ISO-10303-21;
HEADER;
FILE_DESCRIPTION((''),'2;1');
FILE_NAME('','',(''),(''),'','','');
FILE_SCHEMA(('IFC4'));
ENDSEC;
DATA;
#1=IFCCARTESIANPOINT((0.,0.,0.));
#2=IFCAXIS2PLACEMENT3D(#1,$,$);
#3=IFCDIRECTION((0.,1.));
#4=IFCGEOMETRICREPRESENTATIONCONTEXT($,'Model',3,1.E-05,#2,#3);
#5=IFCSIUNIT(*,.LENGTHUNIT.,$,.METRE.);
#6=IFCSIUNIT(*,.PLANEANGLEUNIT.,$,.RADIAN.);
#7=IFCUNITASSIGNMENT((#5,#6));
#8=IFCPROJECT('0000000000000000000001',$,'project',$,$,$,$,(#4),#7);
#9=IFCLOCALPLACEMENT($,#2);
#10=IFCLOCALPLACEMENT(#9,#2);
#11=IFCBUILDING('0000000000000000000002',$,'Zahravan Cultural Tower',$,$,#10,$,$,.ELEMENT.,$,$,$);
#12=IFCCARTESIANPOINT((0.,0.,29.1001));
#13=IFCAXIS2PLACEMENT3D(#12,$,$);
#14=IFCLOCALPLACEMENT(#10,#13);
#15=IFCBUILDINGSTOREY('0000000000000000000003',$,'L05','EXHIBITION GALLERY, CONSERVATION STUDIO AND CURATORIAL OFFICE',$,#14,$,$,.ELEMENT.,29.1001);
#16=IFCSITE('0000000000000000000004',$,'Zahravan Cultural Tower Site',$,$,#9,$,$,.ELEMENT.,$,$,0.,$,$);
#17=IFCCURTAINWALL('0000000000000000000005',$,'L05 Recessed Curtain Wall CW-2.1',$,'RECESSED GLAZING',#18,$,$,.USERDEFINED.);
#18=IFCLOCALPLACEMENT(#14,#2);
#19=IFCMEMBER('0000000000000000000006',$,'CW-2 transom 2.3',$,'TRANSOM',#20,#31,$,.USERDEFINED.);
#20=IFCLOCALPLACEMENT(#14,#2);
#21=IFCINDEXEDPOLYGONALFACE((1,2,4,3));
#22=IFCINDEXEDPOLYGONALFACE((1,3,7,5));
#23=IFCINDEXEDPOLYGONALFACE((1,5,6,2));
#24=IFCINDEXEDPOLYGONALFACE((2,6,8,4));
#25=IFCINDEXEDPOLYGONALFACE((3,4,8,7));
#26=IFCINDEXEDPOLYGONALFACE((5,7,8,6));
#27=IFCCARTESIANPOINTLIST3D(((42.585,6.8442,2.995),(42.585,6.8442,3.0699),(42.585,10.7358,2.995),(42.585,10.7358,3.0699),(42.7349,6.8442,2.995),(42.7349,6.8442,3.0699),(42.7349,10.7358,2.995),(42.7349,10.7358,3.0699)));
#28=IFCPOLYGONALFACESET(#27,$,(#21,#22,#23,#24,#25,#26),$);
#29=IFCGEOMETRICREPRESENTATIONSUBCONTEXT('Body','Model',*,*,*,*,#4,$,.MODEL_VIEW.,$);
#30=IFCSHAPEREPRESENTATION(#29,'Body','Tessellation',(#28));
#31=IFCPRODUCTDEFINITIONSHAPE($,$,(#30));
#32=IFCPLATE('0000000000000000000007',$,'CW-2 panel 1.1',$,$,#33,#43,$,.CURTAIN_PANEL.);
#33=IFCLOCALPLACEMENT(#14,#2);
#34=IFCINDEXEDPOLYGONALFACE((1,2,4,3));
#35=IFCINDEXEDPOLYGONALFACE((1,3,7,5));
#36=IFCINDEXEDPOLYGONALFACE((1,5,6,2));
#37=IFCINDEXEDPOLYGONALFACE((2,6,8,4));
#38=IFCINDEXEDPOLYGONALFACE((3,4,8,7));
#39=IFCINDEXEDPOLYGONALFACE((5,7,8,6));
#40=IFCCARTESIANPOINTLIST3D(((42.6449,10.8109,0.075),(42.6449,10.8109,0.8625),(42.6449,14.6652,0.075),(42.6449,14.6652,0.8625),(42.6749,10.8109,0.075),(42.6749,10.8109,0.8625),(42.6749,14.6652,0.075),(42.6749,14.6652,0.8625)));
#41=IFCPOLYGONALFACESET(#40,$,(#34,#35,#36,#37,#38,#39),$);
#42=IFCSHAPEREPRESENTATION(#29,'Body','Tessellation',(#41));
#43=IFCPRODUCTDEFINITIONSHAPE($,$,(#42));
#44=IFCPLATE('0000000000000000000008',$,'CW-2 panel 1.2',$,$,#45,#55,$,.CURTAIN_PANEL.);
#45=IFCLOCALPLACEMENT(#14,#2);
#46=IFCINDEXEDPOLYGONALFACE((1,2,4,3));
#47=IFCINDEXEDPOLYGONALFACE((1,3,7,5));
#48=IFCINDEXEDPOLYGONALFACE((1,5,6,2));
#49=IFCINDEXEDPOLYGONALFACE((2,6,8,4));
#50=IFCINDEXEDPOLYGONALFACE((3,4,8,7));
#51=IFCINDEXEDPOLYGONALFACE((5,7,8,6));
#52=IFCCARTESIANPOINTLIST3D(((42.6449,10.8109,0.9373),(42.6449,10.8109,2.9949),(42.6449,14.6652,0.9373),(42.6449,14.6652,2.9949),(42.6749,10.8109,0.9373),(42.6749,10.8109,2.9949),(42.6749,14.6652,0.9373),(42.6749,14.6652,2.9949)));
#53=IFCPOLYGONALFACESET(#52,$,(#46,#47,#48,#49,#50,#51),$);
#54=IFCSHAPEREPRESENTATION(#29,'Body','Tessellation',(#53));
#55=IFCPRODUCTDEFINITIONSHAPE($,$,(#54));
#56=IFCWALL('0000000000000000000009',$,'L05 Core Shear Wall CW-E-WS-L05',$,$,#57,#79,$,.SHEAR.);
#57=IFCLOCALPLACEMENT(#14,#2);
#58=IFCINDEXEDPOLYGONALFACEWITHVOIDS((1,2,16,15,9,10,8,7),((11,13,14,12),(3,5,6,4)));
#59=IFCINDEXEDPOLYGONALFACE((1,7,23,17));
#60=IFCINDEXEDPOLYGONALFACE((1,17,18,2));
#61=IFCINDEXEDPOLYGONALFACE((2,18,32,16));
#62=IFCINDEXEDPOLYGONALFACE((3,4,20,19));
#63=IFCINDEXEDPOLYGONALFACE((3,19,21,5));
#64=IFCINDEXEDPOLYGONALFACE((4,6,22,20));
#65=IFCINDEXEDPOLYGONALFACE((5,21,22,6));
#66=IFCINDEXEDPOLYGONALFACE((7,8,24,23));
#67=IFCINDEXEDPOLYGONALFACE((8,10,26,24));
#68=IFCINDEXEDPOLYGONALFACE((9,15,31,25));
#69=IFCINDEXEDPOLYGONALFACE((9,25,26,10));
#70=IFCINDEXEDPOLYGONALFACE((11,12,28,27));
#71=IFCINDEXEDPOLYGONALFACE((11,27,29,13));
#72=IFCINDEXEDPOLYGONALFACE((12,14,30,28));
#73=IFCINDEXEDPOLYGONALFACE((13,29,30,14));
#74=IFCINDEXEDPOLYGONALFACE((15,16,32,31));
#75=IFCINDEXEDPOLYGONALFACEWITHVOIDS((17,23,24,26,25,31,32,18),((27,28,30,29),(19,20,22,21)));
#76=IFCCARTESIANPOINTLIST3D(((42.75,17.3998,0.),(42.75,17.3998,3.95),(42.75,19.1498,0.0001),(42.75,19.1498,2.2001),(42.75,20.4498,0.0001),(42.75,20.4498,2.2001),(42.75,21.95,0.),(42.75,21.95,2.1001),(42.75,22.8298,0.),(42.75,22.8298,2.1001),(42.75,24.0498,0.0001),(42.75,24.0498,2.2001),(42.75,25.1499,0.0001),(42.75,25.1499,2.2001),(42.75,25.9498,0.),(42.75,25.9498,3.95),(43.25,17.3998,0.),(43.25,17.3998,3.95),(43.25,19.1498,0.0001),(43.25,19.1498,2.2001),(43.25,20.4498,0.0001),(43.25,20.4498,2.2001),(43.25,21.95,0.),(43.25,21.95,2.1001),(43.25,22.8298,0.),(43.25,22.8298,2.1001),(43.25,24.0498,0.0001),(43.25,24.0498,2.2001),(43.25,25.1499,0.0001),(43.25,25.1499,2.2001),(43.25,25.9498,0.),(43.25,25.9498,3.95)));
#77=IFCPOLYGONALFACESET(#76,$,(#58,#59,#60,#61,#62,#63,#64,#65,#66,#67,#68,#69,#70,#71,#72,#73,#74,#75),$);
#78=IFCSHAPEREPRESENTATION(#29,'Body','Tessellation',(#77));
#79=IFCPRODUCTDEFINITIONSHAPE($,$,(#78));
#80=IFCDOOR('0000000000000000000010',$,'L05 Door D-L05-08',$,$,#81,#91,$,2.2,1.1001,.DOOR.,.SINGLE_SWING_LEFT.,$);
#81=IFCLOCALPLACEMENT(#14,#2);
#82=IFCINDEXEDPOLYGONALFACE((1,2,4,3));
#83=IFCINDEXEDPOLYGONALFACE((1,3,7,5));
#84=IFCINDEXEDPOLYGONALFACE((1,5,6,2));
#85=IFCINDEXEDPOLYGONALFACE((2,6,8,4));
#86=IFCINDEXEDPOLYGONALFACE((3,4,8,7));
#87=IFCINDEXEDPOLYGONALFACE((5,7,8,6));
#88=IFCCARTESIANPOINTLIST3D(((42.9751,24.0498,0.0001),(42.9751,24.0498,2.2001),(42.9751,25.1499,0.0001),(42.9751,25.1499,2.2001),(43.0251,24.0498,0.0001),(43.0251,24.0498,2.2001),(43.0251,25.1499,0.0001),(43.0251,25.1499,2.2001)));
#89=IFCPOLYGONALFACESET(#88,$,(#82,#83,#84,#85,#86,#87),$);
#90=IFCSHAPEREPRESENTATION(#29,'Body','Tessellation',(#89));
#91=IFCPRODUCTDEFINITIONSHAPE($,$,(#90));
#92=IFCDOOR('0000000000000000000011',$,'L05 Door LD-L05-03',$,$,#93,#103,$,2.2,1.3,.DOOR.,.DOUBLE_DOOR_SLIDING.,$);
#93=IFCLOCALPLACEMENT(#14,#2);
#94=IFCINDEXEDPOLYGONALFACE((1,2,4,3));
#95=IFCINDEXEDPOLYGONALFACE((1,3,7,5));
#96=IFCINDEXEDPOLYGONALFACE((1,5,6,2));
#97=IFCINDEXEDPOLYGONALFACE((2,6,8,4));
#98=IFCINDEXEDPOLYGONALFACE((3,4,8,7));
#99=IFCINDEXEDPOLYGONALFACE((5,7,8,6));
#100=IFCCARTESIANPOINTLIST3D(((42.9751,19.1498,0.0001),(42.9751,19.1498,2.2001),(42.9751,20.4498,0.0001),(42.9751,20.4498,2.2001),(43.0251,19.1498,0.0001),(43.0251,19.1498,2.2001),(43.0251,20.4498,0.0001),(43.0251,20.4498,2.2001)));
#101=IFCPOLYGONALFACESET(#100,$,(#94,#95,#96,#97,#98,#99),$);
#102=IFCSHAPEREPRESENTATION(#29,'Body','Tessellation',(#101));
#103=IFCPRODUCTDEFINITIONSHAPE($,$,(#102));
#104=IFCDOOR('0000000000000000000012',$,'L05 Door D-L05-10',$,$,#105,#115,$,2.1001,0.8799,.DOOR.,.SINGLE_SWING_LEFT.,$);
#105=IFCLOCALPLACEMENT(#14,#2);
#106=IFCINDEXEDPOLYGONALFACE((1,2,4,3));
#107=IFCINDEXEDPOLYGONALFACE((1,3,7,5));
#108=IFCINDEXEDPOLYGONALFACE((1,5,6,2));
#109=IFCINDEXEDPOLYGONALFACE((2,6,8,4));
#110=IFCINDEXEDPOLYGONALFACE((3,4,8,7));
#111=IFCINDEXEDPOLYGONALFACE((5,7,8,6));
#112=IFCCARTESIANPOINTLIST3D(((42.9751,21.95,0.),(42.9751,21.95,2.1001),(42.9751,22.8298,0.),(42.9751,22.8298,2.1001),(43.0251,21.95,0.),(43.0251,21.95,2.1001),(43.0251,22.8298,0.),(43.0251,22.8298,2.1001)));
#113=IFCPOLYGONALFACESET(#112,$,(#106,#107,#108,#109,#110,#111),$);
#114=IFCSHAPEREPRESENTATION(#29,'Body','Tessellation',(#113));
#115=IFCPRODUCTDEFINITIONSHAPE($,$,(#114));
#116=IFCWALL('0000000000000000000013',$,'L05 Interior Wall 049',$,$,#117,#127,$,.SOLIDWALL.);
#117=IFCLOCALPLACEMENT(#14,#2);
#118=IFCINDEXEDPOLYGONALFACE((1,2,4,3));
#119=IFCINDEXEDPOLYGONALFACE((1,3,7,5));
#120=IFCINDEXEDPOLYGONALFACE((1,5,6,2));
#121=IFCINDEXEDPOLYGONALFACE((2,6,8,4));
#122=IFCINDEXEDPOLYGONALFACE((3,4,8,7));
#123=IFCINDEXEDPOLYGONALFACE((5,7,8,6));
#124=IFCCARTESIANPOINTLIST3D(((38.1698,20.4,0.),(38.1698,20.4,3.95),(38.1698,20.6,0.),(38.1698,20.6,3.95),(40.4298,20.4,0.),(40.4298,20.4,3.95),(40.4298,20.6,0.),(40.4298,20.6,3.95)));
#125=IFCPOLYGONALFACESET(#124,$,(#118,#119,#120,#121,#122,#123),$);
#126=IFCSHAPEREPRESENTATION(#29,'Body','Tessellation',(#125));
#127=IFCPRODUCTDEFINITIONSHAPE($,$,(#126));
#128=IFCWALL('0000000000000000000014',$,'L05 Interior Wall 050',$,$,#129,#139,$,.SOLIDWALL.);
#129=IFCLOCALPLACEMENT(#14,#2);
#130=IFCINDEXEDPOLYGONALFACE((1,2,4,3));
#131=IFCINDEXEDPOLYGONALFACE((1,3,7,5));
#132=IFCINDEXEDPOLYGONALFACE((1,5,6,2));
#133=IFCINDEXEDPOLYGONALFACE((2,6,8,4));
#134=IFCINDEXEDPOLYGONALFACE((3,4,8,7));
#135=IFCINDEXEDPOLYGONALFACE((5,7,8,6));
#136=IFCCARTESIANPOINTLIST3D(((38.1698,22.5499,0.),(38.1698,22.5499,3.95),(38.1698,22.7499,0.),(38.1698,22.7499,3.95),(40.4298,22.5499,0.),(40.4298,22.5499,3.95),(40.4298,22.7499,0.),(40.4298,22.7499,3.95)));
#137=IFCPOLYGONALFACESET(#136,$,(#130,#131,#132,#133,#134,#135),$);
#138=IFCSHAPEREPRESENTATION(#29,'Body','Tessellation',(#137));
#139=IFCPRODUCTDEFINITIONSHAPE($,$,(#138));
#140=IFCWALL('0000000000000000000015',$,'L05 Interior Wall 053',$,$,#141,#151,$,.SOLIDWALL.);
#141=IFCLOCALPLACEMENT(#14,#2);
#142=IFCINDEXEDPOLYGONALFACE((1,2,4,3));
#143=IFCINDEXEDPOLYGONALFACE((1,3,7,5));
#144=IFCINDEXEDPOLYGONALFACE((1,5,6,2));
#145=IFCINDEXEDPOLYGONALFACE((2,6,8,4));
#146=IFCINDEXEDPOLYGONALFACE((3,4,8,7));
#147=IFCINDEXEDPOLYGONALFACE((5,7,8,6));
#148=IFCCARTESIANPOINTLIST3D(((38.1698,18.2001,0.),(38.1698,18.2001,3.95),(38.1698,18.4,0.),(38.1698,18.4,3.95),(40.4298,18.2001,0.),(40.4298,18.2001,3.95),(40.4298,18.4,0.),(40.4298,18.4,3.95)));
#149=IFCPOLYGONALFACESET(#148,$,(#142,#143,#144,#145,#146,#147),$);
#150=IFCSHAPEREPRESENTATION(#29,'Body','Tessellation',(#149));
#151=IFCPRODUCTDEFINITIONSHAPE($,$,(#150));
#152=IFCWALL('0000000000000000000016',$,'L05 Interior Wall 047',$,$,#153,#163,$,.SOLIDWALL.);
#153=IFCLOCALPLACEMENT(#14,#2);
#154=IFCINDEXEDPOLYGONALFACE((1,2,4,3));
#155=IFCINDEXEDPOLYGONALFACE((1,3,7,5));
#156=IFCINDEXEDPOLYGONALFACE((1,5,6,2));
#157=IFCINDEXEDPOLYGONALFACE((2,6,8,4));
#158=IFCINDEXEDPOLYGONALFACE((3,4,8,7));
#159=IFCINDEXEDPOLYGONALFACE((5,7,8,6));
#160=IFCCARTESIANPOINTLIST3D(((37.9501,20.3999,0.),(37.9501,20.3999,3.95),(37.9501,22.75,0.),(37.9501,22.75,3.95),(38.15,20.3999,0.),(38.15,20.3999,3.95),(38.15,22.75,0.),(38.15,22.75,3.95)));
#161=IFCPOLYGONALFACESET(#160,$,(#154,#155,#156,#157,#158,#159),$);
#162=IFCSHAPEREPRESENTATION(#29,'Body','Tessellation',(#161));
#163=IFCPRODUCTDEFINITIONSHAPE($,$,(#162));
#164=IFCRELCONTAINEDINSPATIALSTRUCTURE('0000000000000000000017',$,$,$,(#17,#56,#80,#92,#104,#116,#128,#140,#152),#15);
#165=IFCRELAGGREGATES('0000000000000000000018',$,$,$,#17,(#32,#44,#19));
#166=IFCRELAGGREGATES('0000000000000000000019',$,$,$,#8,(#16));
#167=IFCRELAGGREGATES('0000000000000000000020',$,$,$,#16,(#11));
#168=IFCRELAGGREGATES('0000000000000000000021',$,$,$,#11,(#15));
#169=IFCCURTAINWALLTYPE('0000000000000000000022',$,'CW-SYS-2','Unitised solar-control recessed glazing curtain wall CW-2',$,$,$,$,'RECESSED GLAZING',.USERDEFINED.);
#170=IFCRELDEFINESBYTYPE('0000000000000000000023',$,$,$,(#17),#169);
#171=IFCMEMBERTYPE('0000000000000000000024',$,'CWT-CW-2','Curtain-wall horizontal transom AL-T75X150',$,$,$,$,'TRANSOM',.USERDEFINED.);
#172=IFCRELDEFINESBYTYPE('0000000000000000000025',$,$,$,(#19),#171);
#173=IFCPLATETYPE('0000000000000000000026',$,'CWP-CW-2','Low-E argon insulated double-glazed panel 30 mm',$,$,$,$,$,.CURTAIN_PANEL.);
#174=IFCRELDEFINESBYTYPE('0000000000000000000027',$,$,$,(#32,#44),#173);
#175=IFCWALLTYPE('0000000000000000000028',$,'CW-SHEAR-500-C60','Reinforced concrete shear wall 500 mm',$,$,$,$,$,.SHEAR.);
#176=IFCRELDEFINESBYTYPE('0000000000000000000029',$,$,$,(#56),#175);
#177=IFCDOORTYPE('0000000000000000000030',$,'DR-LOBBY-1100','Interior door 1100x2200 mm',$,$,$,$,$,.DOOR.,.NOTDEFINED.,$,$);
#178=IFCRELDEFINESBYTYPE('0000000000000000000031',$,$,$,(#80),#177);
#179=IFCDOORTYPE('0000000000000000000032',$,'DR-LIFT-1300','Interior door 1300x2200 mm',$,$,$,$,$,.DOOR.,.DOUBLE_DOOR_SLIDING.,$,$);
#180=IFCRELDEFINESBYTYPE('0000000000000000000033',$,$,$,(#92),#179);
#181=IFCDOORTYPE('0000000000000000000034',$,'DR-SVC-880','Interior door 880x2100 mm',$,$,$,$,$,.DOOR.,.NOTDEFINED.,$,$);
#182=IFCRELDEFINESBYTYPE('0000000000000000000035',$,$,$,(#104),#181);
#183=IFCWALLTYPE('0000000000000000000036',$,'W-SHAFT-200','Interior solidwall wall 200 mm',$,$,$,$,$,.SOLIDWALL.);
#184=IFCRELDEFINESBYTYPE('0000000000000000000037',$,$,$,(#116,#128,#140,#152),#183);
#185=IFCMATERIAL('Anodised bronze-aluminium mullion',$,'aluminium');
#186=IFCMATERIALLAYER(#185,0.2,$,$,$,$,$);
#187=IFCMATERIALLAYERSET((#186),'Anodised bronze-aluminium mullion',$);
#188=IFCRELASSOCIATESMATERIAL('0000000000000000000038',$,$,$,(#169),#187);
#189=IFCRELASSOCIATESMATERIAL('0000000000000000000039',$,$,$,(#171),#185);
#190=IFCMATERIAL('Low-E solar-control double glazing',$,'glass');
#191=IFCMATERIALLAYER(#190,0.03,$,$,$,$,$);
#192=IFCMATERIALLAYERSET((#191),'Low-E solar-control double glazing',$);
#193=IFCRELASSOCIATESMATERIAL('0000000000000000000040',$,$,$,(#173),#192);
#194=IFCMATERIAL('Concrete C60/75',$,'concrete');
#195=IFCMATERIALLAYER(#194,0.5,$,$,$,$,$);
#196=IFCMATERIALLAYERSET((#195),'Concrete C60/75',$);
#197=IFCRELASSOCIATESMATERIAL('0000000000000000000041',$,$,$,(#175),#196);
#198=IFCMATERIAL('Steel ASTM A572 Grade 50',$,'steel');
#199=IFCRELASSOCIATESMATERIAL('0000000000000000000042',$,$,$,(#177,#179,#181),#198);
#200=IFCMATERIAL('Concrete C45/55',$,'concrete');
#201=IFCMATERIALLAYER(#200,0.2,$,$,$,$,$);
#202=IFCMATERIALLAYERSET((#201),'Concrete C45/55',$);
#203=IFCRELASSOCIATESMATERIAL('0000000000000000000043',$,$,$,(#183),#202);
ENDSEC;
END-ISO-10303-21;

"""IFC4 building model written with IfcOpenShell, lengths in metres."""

from ifc_helpers import new_model, si_unit, direction, frame, frame_2d, origin, origin_2d, place, context, subcontext, project, spatial, rectangle, extrude, source, transform, mapped, material, layer, layer_set, material_profile, profile_set, type_object, element, fill, aggregate, save


model = new_model("IFC4")

# Units and contexts
model_context = context("Model", 3, precision=1e-05, world=origin(), true_north=direction((0.0, 1.0)))
body_context = subcontext(model_context, "Body", "Model", "MODEL_VIEW")
ifc_project = project(units=[si_unit("LENGTHUNIT", "METRE"), si_unit("PLANEANGLEUNIT", "RADIAN")], contexts=[model_context])

# Site, building, storey
site_placement = place(None, origin())
site = spatial("IfcSite", under=ifc_project, at=site_placement, Name="Zahravan Cultural Tower Site", CompositionType="ELEMENT", RefElevation=0.0)
building_placement = place(site_placement, origin())
building = spatial("IfcBuilding", under=site, at=building_placement, Name="Zahravan Cultural Tower", CompositionType="ELEMENT")
storey_placement = place(building_placement, frame((0.0, 0.0, 29.1001)))
storey = spatial("IfcBuildingStorey", under=building, at=storey_placement, Name="L05", Description="EXHIBITION GALLERY, CONSERVATION STUDIO AND CURATORIAL OFFICE", CompositionType="ELEMENT", Elevation=29.1001)

# Shared definitions
ifc_material_1 = material(Name="Concrete C60/75", Category="concrete")

# Shared definitions
ifc_material_2 = material(Name="Steel ASTM A572 Grade 50", Category="steel")

# Curtain wall, member, plates
ifc_material_3 = material(Name="Anodised bronze-aluminium mullion", Category="aluminium")
ifc_layer_1 = layer(ifc_material_3, 0.2)
ifc_layer_set_1 = layer_set([ifc_layer_1], Name="Anodised bronze-aluminium mullion")
curtain_wall_type = type_object("IfcCurtainWallType", Name="CW-SYS-2", Description="Unitised solar-control recessed glazing curtain wall CW-2", ElementType="RECESSED GLAZING", PredefinedType="USERDEFINED", material=ifc_layer_set_1)
curtain_wall_placement = place(storey_placement, origin())
curtain_wall = element("IfcCurtainWall", 1, at=curtain_wall_placement, inside=storey, type_object=curtain_wall_type, Name="L05 Recessed Curtain Wall CW-2.1", ObjectType="RECESSED GLAZING", PredefinedType="USERDEFINED")
ifc_material_profile_1 = material_profile(ifc_material_3, rectangle(XDim=0.1499, YDim=0.075, at=origin_2d()), Name="AL-T75X150")
ifc_profile_set_1 = profile_set([ifc_material_profile_1], Name="Anodised bronze-aluminium mullion")
member_type_1 = type_object("IfcMemberType", Name="CWT-CW-2", Description="Curtain-wall horizontal transom AL-T75X150", ElementType="TRANSOM", PredefinedType="USERDEFINED", material=ifc_profile_set_1)
shared_shape_1 = source(origin(), body_context, "Body", "SweptSolid", [
    extrude(rectangle(XDim=0.1499, YDim=0.075, at=origin_2d()), origin(), (0.0, 0.0, 1.0), 3.8916),
])
member_1_placement = place(storey_placement, frame((42.6599, 10.7358, 3.0325), z_axis=(0.0, -1.0, 0.0), x_axis=(1.0, 0.0, 0.0)))
member_1 = element("IfcMember", 2, at=member_1_placement, type_object=member_type_1, Name="CW-2 transom 2.3", ObjectType="TRANSOM", PredefinedType="USERDEFINED", context=body_context, shape_type="MappedRepresentation", body=[
    mapped(shared_shape_1, transform((0.0, 0.0, 0.0), x_axis=(1.0, 0.0, 0.0), y_axis=(0.0, 1.0, 0.0), z_axis=(0.0, 0.0, 1.0), scale=1.0)),
])
ifc_material_4 = material(Name="Low-E solar-control double glazing", Category="glass")
ifc_layer_2 = layer(ifc_material_4, 0.03)
ifc_layer_set_2 = layer_set([ifc_layer_2], Name="Low-E solar-control double glazing")
plate_type = type_object("IfcPlateType", Name="CWP-CW-2", Description="Low-E argon insulated double-glazed panel 30 mm", PredefinedType="CURTAIN_PANEL", material=ifc_layer_set_2)
shared_shape_2 = source(origin(), body_context, "Body", "SweptSolid", [
    extrude(rectangle(XDim=3.8542, YDim=0.03, at=origin_2d()), origin(), (0.0, 0.0, 1.0), 0.7876),
])
plate_1_placement = place(storey_placement, frame((42.6599, 12.738, 0.075), z_axis=(0.0, 0.0, 1.0), x_axis=(0.0, -1.0, 0.0)))
plate_1 = element("IfcPlate", 3, at=plate_1_placement, type_object=plate_type, Name="CW-2 panel 1.1", PredefinedType="CURTAIN_PANEL", context=body_context, shape_type="MappedRepresentation", body=[
    mapped(shared_shape_2, transform((0.0, 0.0, 0.0), x_axis=(1.0, 0.0, 0.0), y_axis=(0.0, 1.0, 0.0), z_axis=(0.0, 0.0, 1.0), scale=1.0)),
])
shared_shape_3 = source(origin(), body_context, "Body", "SweptSolid", [
    extrude(rectangle(XDim=3.8542, YDim=0.03, at=origin_2d()), origin(), (0.0, 0.0, 1.0), 2.0576),
])
plate_2_placement = place(storey_placement, frame((42.6599, 12.738, 0.9373), z_axis=(0.0, 0.0, 1.0), x_axis=(0.0, -1.0, 0.0)))
plate_2 = element("IfcPlate", 4, at=plate_2_placement, type_object=plate_type, Name="CW-2 panel 1.2", PredefinedType="CURTAIN_PANEL", context=body_context, shape_type="MappedRepresentation", body=[
    mapped(shared_shape_3, transform((0.0, 0.0, 0.0), x_axis=(1.0, 0.0, 0.0), y_axis=(0.0, 1.0, 0.0), z_axis=(0.0, 0.0, 1.0), scale=1.0)),
])
aggregate(curtain_wall, [plate_1, plate_2, member_1])

# Wall, openings, doors
ifc_layer_3 = layer(ifc_material_1, 0.5)
ifc_layer_set_3 = layer_set([ifc_layer_3], Name="Concrete C60/75")
wall_type_1 = type_object("IfcWallType", Name="CW-SHEAR-500-C60", Description="Reinforced concrete shear wall 500 mm", PredefinedType="SHEAR", material=ifc_layer_set_3)
wall_1_placement = place(storey_placement, frame((43.0, 17.3999, 0.0), z_axis=(0.0, 0.0, 1.0), x_axis=(0.0, 1.0, 0.0)))
wall_1 = element("IfcWall", 5, at=wall_1_placement, inside=storey, type_object=wall_type_1, Name="L05 Core Shear Wall CW-E-WS-L05", PredefinedType="SHEAR", context=body_context, shape_type="SweptSolid", body=[
    extrude(rectangle(XDim=8.55, YDim=0.5, at=frame_2d((4.2749, 0.0))), origin(), (0.0, 0.0, 1.0), 3.95),
])
opening_1_placement = place(wall_1_placement, frame((6.6499, 0.0, 0.0)))
opening_1 = element("IfcOpeningElement", 6, at=opening_1_placement, cuts=wall_1, PredefinedType="OPENING", context=body_context, shape_type="SweptSolid", body=[
    extrude(rectangle(XDim=1.1001, YDim=2.2, at=frame_2d((0.55, 1.1001))), frame((0.0, 0.26, 0.0), z_axis=(0.0, -1.0, 0.0), x_axis=(1.0, 0.0, 0.0)), (0.0, 0.0, 1.0), 0.52),
])
opening_2_placement = place(wall_1_placement, frame((1.75, 0.0, 0.0)))
opening_2 = element("IfcOpeningElement", 7, at=opening_2_placement, cuts=wall_1, PredefinedType="OPENING", context=body_context, shape_type="SweptSolid", body=[
    extrude(rectangle(XDim=1.3, YDim=2.2, at=frame_2d((0.6499, 1.1001))), frame((0.0, 0.26, 0.0), z_axis=(0.0, -1.0, 0.0), x_axis=(1.0, 0.0, 0.0)), (0.0, 0.0, 1.0), 0.52),
])
opening_3_placement = place(wall_1_placement, frame((4.55, 0.0, 0.0)))
opening_3 = element("IfcOpeningElement", 8, at=opening_3_placement, cuts=wall_1, PredefinedType="OPENING", context=body_context, shape_type="SweptSolid", body=[
    extrude(rectangle(XDim=0.8799, YDim=2.1001, at=frame_2d((0.4399, 1.05))), frame((0.0, 0.26, 0.0), z_axis=(0.0, -1.0, 0.0), x_axis=(1.0, 0.0, 0.0)), (0.0, 0.0, 1.0), 0.52),
])
door_type_1 = type_object("IfcDoorType", Name="DR-LOBBY-1100", Description="Interior door 1100x2200 mm", OperationType="NOTDEFINED", PredefinedType="DOOR", material=ifc_material_2)
shared_shape_4 = source(origin(), body_context, "Body", "SweptSolid", [
    extrude(rectangle(XDim=1.1001, YDim=2.2, at=frame_2d((0.55, 1.1001))), frame((0.0, 0.0249, 0.0), z_axis=(0.0, -1.0, 0.0), x_axis=(1.0, 0.0, 0.0)), (0.0, 0.0, 1.0), 0.05),
])
door_1_placement = place(opening_1_placement, origin())
door_1 = element("IfcDoor", 9, at=door_1_placement, inside=storey, type_object=door_type_1, Name="L05 Door D-L05-08", OperationType="SINGLE_SWING_LEFT", OverallHeight=2.2, OverallWidth=1.1001, PredefinedType="DOOR", context=body_context, shape_type="MappedRepresentation", body=[
    mapped(shared_shape_4, transform((0.0, 0.0, 0.0), x_axis=(1.0, 0.0, 0.0), y_axis=(0.0, 1.0, 0.0), z_axis=(0.0, 0.0, 1.0), scale=1.0)),
])
fill(opening_1, door_1)
door_type_2 = type_object("IfcDoorType", Name="DR-LIFT-1300", Description="Interior door 1300x2200 mm", OperationType="DOUBLE_DOOR_SLIDING", PredefinedType="DOOR", material=ifc_material_2)
shared_shape_5 = source(origin(), body_context, "Body", "SweptSolid", [
    extrude(rectangle(XDim=1.3, YDim=2.2, at=frame_2d((0.6499, 1.1001))), frame((0.0, 0.0249, 0.0), z_axis=(0.0, -1.0, 0.0), x_axis=(1.0, 0.0, 0.0)), (0.0, 0.0, 1.0), 0.05),
])
door_2_placement = place(opening_2_placement, origin())
door_2 = element("IfcDoor", 10, at=door_2_placement, inside=storey, type_object=door_type_2, Name="L05 Door LD-L05-03", OperationType="DOUBLE_DOOR_SLIDING", OverallHeight=2.2, OverallWidth=1.3, PredefinedType="DOOR", context=body_context, shape_type="MappedRepresentation", body=[
    mapped(shared_shape_5, transform((0.0, 0.0, 0.0), x_axis=(1.0, 0.0, 0.0), y_axis=(0.0, 1.0, 0.0), z_axis=(0.0, 0.0, 1.0), scale=1.0)),
])
fill(opening_2, door_2)
door_type_3 = type_object("IfcDoorType", Name="DR-SVC-880", Description="Interior door 880x2100 mm", OperationType="NOTDEFINED", PredefinedType="DOOR", material=ifc_material_2)
shared_shape_6 = source(origin(), body_context, "Body", "SweptSolid", [
    extrude(rectangle(XDim=0.8799, YDim=2.1001, at=frame_2d((0.4399, 1.05))), frame((0.0, 0.0249, 0.0), z_axis=(0.0, -1.0, 0.0), x_axis=(1.0, 0.0, 0.0)), (0.0, 0.0, 1.0), 0.05),
])
door_3_placement = place(opening_3_placement, origin())
door_3 = element("IfcDoor", 11, at=door_3_placement, inside=storey, type_object=door_type_3, Name="L05 Door D-L05-10", OperationType="SINGLE_SWING_LEFT", OverallHeight=2.1001, OverallWidth=0.8799, PredefinedType="DOOR", context=body_context, shape_type="MappedRepresentation", body=[
    mapped(shared_shape_6, transform((0.0, 0.0, 0.0), x_axis=(1.0, 0.0, 0.0), y_axis=(0.0, 1.0, 0.0), z_axis=(0.0, 0.0, 1.0), scale=1.0)),
])
fill(opening_3, door_3)

# Shared definitions
ifc_material_5 = material(Name="Concrete C45/55", Category="concrete")
ifc_layer_4 = layer(ifc_material_5, 0.2)
ifc_layer_set_4 = layer_set([ifc_layer_4], Name="Concrete C45/55")
wall_type_2 = type_object("IfcWallType", Name="W-SHAFT-200", Description="Interior solidwall wall 200 mm", PredefinedType="SOLIDWALL", material=ifc_layer_set_4)

# Walls
shared_shape_7 = source(origin(), body_context, "Body", "SweptSolid", [
    extrude(rectangle(XDim=2.26, YDim=0.2, at=frame_2d((1.1299, 0.0))), origin(), (0.0, 0.0, 1.0), 3.95),
])
for number, where, z_axis, x_axis, name in (
    (12, (38.1699, 20.5, 0.0), (0.0, 0.0, 1.0), (1.0, 0.0, 0.0), "L05 Interior Wall 049"),
    (13, (38.1699, 22.6499, 0.0), (0.0, 0.0, 1.0), (1.0, 0.0, 0.0), "L05 Interior Wall 050"),
    (14, (38.1699, 18.3, 0.0), (0.0, 0.0, 1.0), (1.0, 0.0, 0.0), "L05 Interior Wall 053"),
):
    element("IfcWall", number, at=place(storey_placement, frame(where, z_axis=z_axis, x_axis=x_axis)), inside=storey, type_object=wall_type_2, Name=name, PredefinedType="SOLIDWALL", context=body_context, shape_type="MappedRepresentation", body=[
        mapped(shared_shape_7, transform((0.0, 0.0, 0.0), x_axis=(1.0, 0.0, 0.0), y_axis=(0.0, 1.0, 0.0), z_axis=(0.0, 0.0, 1.0), scale=1.0)),
    ])
shared_shape_8 = source(origin(), body_context, "Body", "SweptSolid", [
    extrude(rectangle(XDim=2.3501, YDim=0.2, at=frame_2d((1.175, 0.0))), origin(), (0.0, 0.0, 1.0), 3.95),
])
for number, where, z_axis, x_axis, name in (
    (15, (38.05, 20.3999, 0.0), (0.0, 0.0, 1.0), (0.0, 1.0, 0.0), "L05 Interior Wall 047"),
):
    element("IfcWall", number, at=place(storey_placement, frame(where, z_axis=z_axis, x_axis=x_axis)), inside=storey, type_object=wall_type_2, Name=name, PredefinedType="SOLIDWALL", context=body_context, shape_type="MappedRepresentation", body=[
        mapped(shared_shape_8, transform((0.0, 0.0, 0.0), x_axis=(1.0, 0.0, 0.0), y_axis=(0.0, 1.0, 0.0), z_axis=(0.0, 0.0, 1.0), scale=1.0)),
    ])

save(model, "model.ifc")
